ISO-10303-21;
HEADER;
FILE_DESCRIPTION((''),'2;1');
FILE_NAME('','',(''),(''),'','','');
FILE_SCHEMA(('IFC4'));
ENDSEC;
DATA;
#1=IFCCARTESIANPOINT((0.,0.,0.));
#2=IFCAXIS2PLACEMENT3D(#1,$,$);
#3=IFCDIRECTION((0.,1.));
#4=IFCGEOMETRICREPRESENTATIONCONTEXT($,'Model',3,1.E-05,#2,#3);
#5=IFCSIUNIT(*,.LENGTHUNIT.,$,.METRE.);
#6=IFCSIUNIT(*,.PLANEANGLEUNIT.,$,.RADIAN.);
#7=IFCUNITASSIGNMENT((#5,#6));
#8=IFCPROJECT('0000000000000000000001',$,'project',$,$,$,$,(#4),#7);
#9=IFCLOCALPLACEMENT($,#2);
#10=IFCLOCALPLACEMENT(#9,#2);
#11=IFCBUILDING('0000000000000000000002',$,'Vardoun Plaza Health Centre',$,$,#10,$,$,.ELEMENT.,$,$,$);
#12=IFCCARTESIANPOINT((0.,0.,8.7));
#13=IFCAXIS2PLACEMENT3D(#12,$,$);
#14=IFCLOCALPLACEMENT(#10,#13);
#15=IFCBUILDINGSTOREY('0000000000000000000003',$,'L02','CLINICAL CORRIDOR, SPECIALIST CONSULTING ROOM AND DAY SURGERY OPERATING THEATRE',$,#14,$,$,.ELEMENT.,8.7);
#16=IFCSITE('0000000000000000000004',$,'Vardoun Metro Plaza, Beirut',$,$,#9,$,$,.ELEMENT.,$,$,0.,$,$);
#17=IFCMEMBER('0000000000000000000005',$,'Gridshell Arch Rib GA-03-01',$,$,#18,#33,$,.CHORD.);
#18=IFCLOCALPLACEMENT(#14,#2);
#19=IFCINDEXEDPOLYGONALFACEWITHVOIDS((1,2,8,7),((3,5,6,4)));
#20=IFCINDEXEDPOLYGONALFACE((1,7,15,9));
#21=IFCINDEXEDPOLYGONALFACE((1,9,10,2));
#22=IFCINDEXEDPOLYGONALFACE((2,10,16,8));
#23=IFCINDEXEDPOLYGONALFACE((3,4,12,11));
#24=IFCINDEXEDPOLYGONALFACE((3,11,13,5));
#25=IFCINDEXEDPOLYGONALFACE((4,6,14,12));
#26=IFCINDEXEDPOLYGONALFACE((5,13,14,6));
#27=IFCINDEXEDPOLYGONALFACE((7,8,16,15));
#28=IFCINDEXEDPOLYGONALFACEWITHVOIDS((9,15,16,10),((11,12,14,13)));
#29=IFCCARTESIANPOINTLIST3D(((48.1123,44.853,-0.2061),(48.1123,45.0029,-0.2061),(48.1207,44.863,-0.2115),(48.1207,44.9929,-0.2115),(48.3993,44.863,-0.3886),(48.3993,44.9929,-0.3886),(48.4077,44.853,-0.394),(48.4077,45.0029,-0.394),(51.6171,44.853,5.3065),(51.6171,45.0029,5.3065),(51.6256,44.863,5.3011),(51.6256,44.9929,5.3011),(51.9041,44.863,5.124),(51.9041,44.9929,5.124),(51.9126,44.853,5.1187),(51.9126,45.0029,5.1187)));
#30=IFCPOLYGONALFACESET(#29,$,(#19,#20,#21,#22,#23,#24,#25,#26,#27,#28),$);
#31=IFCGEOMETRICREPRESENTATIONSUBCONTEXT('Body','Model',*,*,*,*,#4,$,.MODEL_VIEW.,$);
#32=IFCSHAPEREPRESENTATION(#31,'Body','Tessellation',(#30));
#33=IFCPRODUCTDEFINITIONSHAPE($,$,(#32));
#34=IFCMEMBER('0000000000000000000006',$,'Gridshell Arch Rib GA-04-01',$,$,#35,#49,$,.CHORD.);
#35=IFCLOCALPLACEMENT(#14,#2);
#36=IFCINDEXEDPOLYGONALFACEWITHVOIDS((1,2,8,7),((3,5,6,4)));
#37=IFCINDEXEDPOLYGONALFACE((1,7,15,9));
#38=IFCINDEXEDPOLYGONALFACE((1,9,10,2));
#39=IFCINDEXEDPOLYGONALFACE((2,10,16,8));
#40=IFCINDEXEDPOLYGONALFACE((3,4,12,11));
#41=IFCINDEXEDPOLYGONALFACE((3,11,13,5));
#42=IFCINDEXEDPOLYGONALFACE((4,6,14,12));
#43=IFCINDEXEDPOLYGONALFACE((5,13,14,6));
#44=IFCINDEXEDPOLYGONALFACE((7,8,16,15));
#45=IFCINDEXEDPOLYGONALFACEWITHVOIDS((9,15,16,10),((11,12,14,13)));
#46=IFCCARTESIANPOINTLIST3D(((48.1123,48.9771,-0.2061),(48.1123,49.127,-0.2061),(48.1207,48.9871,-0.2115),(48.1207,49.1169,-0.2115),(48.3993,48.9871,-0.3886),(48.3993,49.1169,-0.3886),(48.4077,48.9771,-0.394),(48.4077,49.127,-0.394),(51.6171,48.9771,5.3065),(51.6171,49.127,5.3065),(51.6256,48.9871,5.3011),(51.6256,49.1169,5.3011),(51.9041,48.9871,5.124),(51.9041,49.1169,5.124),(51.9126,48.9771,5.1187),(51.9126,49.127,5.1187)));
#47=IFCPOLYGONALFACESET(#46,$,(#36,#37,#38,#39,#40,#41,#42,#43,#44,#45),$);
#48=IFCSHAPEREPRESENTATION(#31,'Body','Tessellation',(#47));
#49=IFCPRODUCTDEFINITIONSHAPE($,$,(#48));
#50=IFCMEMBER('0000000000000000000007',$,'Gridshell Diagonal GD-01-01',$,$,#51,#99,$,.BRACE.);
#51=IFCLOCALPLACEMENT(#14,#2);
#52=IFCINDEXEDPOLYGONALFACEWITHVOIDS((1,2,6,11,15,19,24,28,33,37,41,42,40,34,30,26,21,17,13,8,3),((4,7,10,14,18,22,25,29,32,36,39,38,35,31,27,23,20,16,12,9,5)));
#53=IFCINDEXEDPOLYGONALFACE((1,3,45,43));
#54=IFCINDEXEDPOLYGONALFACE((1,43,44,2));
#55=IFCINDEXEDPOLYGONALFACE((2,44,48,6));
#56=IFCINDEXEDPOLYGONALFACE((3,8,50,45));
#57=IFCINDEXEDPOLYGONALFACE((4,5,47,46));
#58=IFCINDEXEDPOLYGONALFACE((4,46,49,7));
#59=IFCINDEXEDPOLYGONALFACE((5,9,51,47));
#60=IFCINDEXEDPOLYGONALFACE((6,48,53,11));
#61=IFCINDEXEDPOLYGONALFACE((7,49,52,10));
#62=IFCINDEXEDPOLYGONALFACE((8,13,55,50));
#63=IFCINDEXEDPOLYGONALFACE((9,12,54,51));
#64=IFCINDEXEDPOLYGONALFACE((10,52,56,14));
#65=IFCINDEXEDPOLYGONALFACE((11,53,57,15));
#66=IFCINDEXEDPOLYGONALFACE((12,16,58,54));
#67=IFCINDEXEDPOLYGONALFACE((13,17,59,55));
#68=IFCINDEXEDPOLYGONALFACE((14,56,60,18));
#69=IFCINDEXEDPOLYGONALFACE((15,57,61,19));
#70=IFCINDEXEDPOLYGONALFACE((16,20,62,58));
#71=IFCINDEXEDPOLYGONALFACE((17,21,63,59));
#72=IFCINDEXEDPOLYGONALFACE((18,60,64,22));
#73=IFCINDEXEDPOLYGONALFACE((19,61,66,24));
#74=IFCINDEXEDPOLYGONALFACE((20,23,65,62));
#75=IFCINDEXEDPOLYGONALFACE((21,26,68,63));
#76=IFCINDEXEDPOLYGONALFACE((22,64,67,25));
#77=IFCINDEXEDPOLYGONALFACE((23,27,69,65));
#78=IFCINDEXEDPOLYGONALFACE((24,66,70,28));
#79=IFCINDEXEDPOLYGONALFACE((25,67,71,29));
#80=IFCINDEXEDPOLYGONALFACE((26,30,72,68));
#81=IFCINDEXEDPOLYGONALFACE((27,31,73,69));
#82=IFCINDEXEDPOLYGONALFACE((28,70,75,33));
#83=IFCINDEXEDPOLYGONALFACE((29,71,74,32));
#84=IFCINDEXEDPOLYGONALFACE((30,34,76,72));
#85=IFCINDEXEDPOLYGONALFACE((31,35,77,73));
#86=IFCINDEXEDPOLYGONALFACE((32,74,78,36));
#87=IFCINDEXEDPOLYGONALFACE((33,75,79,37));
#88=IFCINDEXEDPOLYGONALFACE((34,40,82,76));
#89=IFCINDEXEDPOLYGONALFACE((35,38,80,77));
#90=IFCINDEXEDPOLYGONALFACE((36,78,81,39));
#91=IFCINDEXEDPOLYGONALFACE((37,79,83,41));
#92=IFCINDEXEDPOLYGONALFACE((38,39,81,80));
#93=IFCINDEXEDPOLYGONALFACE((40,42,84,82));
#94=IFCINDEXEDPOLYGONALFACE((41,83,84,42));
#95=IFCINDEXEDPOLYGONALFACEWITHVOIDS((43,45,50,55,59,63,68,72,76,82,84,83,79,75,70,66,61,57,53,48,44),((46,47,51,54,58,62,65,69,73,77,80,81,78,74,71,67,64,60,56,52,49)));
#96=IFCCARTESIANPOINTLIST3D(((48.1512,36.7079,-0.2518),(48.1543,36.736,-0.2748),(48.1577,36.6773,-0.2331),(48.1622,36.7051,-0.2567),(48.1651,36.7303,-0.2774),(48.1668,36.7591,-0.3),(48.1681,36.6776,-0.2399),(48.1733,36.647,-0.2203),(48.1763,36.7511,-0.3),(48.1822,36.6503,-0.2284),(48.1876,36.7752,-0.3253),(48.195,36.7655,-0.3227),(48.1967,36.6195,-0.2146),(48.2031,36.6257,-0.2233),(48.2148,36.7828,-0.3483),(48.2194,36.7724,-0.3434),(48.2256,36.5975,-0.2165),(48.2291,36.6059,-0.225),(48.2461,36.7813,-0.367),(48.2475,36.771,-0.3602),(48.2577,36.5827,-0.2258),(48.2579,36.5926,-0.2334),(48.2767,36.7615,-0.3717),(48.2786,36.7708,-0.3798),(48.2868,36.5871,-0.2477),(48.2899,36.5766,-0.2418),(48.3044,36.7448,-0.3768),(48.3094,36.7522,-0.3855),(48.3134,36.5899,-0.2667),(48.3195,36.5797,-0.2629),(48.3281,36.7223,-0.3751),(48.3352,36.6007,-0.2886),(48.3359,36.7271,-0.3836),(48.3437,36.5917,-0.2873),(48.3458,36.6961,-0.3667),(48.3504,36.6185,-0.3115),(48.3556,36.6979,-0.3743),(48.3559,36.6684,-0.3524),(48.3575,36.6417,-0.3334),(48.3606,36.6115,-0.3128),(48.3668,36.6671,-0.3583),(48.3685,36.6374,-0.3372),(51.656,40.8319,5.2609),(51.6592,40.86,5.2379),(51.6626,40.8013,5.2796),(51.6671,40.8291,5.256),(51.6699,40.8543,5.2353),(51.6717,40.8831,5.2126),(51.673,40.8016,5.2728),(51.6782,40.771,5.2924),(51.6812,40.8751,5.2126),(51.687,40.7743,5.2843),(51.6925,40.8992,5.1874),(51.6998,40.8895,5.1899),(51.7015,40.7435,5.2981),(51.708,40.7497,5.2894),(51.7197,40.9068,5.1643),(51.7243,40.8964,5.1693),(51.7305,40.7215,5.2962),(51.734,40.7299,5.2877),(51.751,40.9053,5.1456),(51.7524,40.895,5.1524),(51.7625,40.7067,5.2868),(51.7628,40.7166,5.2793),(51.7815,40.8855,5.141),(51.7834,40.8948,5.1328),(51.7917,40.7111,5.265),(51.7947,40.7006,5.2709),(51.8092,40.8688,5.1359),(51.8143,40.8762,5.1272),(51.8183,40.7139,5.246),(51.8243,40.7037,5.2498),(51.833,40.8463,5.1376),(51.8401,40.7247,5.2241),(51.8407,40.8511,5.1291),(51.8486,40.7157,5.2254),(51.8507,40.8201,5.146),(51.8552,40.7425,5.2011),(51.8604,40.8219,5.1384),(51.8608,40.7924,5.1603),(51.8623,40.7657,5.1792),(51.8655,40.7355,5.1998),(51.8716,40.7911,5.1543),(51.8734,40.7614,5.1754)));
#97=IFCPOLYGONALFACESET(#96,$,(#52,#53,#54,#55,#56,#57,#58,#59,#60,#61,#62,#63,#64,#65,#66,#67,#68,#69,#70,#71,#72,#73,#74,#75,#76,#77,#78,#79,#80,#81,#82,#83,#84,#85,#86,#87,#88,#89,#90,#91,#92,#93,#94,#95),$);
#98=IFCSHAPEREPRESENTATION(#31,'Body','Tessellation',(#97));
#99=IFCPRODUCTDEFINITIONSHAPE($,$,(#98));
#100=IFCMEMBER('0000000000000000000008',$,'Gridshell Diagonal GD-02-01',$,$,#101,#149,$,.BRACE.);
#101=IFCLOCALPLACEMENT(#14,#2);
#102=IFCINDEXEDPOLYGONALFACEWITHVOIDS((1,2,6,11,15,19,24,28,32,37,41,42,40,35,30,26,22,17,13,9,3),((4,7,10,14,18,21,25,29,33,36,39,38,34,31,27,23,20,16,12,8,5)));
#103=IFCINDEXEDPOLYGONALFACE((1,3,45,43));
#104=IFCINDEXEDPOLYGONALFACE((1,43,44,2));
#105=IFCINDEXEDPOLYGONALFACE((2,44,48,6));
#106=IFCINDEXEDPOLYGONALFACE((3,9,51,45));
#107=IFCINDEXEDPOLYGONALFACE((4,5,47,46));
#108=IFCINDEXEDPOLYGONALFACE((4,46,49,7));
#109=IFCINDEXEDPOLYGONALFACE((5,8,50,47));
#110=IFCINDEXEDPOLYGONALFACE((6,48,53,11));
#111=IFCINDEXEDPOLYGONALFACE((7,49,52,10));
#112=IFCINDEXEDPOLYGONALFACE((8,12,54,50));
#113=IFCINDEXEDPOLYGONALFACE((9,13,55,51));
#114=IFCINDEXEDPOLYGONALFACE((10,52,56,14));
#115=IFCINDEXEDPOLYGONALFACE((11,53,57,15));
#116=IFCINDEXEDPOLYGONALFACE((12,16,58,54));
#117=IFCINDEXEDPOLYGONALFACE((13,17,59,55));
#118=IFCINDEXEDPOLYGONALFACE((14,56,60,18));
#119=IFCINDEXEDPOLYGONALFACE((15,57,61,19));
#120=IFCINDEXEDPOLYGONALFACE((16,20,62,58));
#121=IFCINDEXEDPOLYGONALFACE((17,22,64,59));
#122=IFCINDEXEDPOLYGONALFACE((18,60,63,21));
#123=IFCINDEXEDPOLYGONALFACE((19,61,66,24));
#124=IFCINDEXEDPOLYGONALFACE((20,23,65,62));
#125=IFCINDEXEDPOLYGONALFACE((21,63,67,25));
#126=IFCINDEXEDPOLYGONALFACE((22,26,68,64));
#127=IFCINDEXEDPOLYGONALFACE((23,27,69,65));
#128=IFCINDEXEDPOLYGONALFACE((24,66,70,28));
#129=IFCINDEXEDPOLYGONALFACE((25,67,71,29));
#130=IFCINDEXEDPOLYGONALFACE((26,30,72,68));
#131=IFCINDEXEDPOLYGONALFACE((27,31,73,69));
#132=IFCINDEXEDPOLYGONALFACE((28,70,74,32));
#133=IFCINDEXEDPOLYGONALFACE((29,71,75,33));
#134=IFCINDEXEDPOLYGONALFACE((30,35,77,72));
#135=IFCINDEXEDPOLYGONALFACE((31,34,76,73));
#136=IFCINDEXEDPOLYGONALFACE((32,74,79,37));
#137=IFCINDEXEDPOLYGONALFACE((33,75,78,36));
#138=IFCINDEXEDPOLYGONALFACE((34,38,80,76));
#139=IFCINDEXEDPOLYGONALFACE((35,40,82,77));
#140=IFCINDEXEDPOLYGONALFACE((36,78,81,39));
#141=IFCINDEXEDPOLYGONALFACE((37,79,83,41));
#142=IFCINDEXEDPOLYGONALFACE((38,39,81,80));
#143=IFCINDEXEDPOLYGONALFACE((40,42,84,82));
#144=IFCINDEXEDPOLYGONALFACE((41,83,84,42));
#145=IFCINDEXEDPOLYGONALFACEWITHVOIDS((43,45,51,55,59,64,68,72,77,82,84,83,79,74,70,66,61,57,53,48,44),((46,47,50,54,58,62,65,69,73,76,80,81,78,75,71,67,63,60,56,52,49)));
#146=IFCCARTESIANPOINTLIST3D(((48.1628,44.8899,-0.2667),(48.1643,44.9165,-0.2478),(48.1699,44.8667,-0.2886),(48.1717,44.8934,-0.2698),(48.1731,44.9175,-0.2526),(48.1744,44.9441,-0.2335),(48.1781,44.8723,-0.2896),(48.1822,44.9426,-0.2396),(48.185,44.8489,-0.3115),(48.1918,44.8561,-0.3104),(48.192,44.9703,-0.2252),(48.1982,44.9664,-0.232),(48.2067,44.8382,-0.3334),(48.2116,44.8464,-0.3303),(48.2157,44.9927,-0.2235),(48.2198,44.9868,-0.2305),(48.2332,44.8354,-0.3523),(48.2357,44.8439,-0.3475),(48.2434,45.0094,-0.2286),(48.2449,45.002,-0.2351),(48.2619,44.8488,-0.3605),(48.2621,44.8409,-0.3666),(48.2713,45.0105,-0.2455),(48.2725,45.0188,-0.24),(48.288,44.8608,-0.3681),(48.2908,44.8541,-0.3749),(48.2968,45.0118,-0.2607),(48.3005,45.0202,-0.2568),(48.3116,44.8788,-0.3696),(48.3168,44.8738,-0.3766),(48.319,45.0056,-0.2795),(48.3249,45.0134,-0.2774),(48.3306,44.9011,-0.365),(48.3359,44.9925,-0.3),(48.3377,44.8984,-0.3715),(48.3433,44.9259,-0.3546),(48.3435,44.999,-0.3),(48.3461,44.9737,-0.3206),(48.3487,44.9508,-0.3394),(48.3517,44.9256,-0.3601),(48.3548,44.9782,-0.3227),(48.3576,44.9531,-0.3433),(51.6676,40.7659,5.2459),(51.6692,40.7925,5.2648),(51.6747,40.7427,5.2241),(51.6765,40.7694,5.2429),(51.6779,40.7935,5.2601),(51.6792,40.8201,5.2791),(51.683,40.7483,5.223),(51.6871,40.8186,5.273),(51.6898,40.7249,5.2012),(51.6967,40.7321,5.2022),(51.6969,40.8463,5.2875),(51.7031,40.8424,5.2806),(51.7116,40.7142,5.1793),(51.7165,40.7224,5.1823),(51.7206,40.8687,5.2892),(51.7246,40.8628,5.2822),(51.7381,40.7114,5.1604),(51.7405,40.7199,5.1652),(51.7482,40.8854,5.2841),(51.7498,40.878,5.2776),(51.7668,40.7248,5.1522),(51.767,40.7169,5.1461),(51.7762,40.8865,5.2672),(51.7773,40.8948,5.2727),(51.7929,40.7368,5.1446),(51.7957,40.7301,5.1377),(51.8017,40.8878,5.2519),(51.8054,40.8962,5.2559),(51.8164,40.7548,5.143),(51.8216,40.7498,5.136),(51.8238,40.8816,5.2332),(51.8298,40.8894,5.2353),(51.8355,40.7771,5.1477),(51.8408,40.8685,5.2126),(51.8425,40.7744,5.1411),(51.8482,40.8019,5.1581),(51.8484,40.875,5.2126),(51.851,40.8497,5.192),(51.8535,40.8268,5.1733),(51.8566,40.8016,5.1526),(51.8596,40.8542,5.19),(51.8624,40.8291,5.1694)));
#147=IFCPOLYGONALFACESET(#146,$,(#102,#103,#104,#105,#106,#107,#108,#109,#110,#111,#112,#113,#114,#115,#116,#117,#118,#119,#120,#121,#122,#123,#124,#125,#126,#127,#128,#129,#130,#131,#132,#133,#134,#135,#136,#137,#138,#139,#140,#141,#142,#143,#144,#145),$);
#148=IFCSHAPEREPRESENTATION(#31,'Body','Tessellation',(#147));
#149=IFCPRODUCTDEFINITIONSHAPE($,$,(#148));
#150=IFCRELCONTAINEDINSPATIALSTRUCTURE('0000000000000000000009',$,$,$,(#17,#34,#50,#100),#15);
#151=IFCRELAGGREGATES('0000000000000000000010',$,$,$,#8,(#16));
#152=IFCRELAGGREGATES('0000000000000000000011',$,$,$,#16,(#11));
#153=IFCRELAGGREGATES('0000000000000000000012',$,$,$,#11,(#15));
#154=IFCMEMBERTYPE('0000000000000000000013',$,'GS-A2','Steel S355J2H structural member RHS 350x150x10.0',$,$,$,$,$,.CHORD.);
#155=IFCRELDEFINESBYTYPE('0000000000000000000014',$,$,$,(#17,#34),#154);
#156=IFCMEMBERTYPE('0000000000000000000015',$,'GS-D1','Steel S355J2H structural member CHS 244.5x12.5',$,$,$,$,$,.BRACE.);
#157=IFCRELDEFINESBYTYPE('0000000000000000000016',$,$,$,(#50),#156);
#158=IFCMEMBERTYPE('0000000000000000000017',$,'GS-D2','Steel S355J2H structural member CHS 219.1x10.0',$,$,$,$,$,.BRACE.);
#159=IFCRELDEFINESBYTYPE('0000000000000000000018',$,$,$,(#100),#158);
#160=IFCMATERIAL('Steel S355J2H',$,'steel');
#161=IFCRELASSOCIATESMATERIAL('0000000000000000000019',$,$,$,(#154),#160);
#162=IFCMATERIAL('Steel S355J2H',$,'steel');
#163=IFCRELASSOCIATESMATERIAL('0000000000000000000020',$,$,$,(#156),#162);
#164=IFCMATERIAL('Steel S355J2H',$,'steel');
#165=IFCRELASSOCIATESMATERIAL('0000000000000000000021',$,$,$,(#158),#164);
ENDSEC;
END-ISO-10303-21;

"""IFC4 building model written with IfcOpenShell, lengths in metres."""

from ifc_helpers import new_model, si_unit, direction, frame, origin, origin_2d, place, context, subcontext, project, spatial, hollow_rectangle, hollow_circle, extrude, material, material_profile, profile_set, type_object, element, save


model = new_model("IFC4")

# Units and contexts
model_context = context("Model", 3, precision=1e-05, world=origin(), true_north=direction((0.0, 1.0)))
body_context = subcontext(model_context, "Body", "Model", "MODEL_VIEW")
ifc_project = project(units=[si_unit("LENGTHUNIT", "METRE"), si_unit("PLANEANGLEUNIT", "RADIAN")], contexts=[model_context])

# Site, building, storey
site_placement = place(None, origin())
site = spatial("IfcSite", under=ifc_project, at=site_placement, Name="Vardoun Metro Plaza, Beirut", CompositionType="ELEMENT", RefElevation=0.0)
building_placement = place(site_placement, origin())
building = spatial("IfcBuilding", under=site, at=building_placement, Name="Vardoun Plaza Health Centre", CompositionType="ELEMENT")
storey_placement = place(building_placement, frame((0.0, 0.0, 8.7)))
storey = spatial("IfcBuildingStorey", under=building, at=storey_placement, Name="L02", Description="CLINICAL CORRIDOR, SPECIALIST CONSULTING ROOM AND DAY SURGERY OPERATING THEATRE", CompositionType="ELEMENT", Elevation=8.7)

# Members
ifc_material_1 = material(Name="Steel S355J2H", Category="steel")
ifc_material_profile_1 = material_profile(ifc_material_1, hollow_rectangle(XDim=0.1499, YDim=0.3501, WallThickness=0.01, at=origin_2d()), Name="RHS 350x150x10.0")
ifc_profile_set_1 = profile_set([ifc_material_profile_1], Name="Steel S355J2H")
member_type_1 = type_object("IfcMemberType", Name="GS-A2", Description="Steel S355J2H structural member RHS 350x150x10.0", PredefinedType="CHORD", material=ifc_profile_set_1)
for number, where, z_axis, x_axis, name in (
    (1, (48.26, 44.928, -0.3), (0.536527, 0.0, 0.843883), (0.0, 1.0, 0.0), "Gridshell Arch Rib GA-03-01"),
    (2, (48.26, 49.052, -0.3), (0.536527, 0.0, 0.843883), (0.0, 1.0, 0.0), "Gridshell Arch Rib GA-04-01"),
):
    element("IfcMember", number, at=place(storey_placement, frame(where, z_axis=z_axis, x_axis=x_axis)), inside=storey, type_object=member_type_1, Name=name, PredefinedType="CHORD", context=body_context, shape_type="SweptSolid", body=[
        extrude(hollow_rectangle(XDim=0.1499, YDim=0.3501, WallThickness=0.01, at=origin_2d()), origin(), (0.0, 0.0, 1.0), 6.5325),
    ])
ifc_material_2 = material(Name="Steel S355J2H", Category="steel")
ifc_material_profile_2 = material_profile(ifc_material_2, hollow_circle(Radius=0.1223, WallThickness=0.0125, at=origin_2d()), Name="CHS 244.5x12.5")
ifc_profile_set_2 = profile_set([ifc_material_profile_2], Name="Steel S355J2H")
member_type_2 = type_object("IfcMemberType", Name="GS-D1", Description="Steel S355J2H structural member CHS 244.5x12.5", PredefinedType="BRACE", material=ifc_profile_set_2)
member_1_placement = place(storey_placement, frame((48.26, 36.6799, -0.3), z_axis=(0.453684, 0.533828, 0.713582), x_axis=(-0.761988, 0.647591, 0.0)))
element("IfcMember", 3, at=member_1_placement, inside=storey, type_object=member_type_2, Name="Gridshell Diagonal GD-01-01", PredefinedType="BRACE", context=body_context, shape_type="SweptSolid", body=[
    extrude(hollow_circle(Radius=0.1223, WallThickness=0.0125, at=origin_2d()), origin(), (0.0, 0.0, 1.0), 7.7253),
])
ifc_material_3 = material(Name="Steel S355J2H", Category="steel")
ifc_material_profile_3 = material_profile(ifc_material_3, hollow_circle(Radius=0.1096, WallThickness=0.01, at=origin_2d()), Name="CHS 219.1x10.0")
ifc_profile_set_3 = profile_set([ifc_material_profile_3], Name="Steel S355J2H")
member_type_3 = type_object("IfcMemberType", Name="GS-D2", Description="Steel S355J2H structural member CHS 219.1x10.0", PredefinedType="BRACE", material=ifc_profile_set_3)
member_2_placement = place(storey_placement, frame((48.26, 44.928, -0.3), z_axis=(0.453684, -0.533828, 0.713582), x_axis=(0.761988, 0.647591, 0.0)))
element("IfcMember", 4, at=member_2_placement, inside=storey, type_object=member_type_3, Name="Gridshell Diagonal GD-02-01", PredefinedType="BRACE", context=body_context, shape_type="SweptSolid", body=[
    extrude(hollow_circle(Radius=0.1096, WallThickness=0.01, at=origin_2d()), origin(), (0.0, 0.0, 1.0), 7.7253),
])

save(model, "model.ifc")
